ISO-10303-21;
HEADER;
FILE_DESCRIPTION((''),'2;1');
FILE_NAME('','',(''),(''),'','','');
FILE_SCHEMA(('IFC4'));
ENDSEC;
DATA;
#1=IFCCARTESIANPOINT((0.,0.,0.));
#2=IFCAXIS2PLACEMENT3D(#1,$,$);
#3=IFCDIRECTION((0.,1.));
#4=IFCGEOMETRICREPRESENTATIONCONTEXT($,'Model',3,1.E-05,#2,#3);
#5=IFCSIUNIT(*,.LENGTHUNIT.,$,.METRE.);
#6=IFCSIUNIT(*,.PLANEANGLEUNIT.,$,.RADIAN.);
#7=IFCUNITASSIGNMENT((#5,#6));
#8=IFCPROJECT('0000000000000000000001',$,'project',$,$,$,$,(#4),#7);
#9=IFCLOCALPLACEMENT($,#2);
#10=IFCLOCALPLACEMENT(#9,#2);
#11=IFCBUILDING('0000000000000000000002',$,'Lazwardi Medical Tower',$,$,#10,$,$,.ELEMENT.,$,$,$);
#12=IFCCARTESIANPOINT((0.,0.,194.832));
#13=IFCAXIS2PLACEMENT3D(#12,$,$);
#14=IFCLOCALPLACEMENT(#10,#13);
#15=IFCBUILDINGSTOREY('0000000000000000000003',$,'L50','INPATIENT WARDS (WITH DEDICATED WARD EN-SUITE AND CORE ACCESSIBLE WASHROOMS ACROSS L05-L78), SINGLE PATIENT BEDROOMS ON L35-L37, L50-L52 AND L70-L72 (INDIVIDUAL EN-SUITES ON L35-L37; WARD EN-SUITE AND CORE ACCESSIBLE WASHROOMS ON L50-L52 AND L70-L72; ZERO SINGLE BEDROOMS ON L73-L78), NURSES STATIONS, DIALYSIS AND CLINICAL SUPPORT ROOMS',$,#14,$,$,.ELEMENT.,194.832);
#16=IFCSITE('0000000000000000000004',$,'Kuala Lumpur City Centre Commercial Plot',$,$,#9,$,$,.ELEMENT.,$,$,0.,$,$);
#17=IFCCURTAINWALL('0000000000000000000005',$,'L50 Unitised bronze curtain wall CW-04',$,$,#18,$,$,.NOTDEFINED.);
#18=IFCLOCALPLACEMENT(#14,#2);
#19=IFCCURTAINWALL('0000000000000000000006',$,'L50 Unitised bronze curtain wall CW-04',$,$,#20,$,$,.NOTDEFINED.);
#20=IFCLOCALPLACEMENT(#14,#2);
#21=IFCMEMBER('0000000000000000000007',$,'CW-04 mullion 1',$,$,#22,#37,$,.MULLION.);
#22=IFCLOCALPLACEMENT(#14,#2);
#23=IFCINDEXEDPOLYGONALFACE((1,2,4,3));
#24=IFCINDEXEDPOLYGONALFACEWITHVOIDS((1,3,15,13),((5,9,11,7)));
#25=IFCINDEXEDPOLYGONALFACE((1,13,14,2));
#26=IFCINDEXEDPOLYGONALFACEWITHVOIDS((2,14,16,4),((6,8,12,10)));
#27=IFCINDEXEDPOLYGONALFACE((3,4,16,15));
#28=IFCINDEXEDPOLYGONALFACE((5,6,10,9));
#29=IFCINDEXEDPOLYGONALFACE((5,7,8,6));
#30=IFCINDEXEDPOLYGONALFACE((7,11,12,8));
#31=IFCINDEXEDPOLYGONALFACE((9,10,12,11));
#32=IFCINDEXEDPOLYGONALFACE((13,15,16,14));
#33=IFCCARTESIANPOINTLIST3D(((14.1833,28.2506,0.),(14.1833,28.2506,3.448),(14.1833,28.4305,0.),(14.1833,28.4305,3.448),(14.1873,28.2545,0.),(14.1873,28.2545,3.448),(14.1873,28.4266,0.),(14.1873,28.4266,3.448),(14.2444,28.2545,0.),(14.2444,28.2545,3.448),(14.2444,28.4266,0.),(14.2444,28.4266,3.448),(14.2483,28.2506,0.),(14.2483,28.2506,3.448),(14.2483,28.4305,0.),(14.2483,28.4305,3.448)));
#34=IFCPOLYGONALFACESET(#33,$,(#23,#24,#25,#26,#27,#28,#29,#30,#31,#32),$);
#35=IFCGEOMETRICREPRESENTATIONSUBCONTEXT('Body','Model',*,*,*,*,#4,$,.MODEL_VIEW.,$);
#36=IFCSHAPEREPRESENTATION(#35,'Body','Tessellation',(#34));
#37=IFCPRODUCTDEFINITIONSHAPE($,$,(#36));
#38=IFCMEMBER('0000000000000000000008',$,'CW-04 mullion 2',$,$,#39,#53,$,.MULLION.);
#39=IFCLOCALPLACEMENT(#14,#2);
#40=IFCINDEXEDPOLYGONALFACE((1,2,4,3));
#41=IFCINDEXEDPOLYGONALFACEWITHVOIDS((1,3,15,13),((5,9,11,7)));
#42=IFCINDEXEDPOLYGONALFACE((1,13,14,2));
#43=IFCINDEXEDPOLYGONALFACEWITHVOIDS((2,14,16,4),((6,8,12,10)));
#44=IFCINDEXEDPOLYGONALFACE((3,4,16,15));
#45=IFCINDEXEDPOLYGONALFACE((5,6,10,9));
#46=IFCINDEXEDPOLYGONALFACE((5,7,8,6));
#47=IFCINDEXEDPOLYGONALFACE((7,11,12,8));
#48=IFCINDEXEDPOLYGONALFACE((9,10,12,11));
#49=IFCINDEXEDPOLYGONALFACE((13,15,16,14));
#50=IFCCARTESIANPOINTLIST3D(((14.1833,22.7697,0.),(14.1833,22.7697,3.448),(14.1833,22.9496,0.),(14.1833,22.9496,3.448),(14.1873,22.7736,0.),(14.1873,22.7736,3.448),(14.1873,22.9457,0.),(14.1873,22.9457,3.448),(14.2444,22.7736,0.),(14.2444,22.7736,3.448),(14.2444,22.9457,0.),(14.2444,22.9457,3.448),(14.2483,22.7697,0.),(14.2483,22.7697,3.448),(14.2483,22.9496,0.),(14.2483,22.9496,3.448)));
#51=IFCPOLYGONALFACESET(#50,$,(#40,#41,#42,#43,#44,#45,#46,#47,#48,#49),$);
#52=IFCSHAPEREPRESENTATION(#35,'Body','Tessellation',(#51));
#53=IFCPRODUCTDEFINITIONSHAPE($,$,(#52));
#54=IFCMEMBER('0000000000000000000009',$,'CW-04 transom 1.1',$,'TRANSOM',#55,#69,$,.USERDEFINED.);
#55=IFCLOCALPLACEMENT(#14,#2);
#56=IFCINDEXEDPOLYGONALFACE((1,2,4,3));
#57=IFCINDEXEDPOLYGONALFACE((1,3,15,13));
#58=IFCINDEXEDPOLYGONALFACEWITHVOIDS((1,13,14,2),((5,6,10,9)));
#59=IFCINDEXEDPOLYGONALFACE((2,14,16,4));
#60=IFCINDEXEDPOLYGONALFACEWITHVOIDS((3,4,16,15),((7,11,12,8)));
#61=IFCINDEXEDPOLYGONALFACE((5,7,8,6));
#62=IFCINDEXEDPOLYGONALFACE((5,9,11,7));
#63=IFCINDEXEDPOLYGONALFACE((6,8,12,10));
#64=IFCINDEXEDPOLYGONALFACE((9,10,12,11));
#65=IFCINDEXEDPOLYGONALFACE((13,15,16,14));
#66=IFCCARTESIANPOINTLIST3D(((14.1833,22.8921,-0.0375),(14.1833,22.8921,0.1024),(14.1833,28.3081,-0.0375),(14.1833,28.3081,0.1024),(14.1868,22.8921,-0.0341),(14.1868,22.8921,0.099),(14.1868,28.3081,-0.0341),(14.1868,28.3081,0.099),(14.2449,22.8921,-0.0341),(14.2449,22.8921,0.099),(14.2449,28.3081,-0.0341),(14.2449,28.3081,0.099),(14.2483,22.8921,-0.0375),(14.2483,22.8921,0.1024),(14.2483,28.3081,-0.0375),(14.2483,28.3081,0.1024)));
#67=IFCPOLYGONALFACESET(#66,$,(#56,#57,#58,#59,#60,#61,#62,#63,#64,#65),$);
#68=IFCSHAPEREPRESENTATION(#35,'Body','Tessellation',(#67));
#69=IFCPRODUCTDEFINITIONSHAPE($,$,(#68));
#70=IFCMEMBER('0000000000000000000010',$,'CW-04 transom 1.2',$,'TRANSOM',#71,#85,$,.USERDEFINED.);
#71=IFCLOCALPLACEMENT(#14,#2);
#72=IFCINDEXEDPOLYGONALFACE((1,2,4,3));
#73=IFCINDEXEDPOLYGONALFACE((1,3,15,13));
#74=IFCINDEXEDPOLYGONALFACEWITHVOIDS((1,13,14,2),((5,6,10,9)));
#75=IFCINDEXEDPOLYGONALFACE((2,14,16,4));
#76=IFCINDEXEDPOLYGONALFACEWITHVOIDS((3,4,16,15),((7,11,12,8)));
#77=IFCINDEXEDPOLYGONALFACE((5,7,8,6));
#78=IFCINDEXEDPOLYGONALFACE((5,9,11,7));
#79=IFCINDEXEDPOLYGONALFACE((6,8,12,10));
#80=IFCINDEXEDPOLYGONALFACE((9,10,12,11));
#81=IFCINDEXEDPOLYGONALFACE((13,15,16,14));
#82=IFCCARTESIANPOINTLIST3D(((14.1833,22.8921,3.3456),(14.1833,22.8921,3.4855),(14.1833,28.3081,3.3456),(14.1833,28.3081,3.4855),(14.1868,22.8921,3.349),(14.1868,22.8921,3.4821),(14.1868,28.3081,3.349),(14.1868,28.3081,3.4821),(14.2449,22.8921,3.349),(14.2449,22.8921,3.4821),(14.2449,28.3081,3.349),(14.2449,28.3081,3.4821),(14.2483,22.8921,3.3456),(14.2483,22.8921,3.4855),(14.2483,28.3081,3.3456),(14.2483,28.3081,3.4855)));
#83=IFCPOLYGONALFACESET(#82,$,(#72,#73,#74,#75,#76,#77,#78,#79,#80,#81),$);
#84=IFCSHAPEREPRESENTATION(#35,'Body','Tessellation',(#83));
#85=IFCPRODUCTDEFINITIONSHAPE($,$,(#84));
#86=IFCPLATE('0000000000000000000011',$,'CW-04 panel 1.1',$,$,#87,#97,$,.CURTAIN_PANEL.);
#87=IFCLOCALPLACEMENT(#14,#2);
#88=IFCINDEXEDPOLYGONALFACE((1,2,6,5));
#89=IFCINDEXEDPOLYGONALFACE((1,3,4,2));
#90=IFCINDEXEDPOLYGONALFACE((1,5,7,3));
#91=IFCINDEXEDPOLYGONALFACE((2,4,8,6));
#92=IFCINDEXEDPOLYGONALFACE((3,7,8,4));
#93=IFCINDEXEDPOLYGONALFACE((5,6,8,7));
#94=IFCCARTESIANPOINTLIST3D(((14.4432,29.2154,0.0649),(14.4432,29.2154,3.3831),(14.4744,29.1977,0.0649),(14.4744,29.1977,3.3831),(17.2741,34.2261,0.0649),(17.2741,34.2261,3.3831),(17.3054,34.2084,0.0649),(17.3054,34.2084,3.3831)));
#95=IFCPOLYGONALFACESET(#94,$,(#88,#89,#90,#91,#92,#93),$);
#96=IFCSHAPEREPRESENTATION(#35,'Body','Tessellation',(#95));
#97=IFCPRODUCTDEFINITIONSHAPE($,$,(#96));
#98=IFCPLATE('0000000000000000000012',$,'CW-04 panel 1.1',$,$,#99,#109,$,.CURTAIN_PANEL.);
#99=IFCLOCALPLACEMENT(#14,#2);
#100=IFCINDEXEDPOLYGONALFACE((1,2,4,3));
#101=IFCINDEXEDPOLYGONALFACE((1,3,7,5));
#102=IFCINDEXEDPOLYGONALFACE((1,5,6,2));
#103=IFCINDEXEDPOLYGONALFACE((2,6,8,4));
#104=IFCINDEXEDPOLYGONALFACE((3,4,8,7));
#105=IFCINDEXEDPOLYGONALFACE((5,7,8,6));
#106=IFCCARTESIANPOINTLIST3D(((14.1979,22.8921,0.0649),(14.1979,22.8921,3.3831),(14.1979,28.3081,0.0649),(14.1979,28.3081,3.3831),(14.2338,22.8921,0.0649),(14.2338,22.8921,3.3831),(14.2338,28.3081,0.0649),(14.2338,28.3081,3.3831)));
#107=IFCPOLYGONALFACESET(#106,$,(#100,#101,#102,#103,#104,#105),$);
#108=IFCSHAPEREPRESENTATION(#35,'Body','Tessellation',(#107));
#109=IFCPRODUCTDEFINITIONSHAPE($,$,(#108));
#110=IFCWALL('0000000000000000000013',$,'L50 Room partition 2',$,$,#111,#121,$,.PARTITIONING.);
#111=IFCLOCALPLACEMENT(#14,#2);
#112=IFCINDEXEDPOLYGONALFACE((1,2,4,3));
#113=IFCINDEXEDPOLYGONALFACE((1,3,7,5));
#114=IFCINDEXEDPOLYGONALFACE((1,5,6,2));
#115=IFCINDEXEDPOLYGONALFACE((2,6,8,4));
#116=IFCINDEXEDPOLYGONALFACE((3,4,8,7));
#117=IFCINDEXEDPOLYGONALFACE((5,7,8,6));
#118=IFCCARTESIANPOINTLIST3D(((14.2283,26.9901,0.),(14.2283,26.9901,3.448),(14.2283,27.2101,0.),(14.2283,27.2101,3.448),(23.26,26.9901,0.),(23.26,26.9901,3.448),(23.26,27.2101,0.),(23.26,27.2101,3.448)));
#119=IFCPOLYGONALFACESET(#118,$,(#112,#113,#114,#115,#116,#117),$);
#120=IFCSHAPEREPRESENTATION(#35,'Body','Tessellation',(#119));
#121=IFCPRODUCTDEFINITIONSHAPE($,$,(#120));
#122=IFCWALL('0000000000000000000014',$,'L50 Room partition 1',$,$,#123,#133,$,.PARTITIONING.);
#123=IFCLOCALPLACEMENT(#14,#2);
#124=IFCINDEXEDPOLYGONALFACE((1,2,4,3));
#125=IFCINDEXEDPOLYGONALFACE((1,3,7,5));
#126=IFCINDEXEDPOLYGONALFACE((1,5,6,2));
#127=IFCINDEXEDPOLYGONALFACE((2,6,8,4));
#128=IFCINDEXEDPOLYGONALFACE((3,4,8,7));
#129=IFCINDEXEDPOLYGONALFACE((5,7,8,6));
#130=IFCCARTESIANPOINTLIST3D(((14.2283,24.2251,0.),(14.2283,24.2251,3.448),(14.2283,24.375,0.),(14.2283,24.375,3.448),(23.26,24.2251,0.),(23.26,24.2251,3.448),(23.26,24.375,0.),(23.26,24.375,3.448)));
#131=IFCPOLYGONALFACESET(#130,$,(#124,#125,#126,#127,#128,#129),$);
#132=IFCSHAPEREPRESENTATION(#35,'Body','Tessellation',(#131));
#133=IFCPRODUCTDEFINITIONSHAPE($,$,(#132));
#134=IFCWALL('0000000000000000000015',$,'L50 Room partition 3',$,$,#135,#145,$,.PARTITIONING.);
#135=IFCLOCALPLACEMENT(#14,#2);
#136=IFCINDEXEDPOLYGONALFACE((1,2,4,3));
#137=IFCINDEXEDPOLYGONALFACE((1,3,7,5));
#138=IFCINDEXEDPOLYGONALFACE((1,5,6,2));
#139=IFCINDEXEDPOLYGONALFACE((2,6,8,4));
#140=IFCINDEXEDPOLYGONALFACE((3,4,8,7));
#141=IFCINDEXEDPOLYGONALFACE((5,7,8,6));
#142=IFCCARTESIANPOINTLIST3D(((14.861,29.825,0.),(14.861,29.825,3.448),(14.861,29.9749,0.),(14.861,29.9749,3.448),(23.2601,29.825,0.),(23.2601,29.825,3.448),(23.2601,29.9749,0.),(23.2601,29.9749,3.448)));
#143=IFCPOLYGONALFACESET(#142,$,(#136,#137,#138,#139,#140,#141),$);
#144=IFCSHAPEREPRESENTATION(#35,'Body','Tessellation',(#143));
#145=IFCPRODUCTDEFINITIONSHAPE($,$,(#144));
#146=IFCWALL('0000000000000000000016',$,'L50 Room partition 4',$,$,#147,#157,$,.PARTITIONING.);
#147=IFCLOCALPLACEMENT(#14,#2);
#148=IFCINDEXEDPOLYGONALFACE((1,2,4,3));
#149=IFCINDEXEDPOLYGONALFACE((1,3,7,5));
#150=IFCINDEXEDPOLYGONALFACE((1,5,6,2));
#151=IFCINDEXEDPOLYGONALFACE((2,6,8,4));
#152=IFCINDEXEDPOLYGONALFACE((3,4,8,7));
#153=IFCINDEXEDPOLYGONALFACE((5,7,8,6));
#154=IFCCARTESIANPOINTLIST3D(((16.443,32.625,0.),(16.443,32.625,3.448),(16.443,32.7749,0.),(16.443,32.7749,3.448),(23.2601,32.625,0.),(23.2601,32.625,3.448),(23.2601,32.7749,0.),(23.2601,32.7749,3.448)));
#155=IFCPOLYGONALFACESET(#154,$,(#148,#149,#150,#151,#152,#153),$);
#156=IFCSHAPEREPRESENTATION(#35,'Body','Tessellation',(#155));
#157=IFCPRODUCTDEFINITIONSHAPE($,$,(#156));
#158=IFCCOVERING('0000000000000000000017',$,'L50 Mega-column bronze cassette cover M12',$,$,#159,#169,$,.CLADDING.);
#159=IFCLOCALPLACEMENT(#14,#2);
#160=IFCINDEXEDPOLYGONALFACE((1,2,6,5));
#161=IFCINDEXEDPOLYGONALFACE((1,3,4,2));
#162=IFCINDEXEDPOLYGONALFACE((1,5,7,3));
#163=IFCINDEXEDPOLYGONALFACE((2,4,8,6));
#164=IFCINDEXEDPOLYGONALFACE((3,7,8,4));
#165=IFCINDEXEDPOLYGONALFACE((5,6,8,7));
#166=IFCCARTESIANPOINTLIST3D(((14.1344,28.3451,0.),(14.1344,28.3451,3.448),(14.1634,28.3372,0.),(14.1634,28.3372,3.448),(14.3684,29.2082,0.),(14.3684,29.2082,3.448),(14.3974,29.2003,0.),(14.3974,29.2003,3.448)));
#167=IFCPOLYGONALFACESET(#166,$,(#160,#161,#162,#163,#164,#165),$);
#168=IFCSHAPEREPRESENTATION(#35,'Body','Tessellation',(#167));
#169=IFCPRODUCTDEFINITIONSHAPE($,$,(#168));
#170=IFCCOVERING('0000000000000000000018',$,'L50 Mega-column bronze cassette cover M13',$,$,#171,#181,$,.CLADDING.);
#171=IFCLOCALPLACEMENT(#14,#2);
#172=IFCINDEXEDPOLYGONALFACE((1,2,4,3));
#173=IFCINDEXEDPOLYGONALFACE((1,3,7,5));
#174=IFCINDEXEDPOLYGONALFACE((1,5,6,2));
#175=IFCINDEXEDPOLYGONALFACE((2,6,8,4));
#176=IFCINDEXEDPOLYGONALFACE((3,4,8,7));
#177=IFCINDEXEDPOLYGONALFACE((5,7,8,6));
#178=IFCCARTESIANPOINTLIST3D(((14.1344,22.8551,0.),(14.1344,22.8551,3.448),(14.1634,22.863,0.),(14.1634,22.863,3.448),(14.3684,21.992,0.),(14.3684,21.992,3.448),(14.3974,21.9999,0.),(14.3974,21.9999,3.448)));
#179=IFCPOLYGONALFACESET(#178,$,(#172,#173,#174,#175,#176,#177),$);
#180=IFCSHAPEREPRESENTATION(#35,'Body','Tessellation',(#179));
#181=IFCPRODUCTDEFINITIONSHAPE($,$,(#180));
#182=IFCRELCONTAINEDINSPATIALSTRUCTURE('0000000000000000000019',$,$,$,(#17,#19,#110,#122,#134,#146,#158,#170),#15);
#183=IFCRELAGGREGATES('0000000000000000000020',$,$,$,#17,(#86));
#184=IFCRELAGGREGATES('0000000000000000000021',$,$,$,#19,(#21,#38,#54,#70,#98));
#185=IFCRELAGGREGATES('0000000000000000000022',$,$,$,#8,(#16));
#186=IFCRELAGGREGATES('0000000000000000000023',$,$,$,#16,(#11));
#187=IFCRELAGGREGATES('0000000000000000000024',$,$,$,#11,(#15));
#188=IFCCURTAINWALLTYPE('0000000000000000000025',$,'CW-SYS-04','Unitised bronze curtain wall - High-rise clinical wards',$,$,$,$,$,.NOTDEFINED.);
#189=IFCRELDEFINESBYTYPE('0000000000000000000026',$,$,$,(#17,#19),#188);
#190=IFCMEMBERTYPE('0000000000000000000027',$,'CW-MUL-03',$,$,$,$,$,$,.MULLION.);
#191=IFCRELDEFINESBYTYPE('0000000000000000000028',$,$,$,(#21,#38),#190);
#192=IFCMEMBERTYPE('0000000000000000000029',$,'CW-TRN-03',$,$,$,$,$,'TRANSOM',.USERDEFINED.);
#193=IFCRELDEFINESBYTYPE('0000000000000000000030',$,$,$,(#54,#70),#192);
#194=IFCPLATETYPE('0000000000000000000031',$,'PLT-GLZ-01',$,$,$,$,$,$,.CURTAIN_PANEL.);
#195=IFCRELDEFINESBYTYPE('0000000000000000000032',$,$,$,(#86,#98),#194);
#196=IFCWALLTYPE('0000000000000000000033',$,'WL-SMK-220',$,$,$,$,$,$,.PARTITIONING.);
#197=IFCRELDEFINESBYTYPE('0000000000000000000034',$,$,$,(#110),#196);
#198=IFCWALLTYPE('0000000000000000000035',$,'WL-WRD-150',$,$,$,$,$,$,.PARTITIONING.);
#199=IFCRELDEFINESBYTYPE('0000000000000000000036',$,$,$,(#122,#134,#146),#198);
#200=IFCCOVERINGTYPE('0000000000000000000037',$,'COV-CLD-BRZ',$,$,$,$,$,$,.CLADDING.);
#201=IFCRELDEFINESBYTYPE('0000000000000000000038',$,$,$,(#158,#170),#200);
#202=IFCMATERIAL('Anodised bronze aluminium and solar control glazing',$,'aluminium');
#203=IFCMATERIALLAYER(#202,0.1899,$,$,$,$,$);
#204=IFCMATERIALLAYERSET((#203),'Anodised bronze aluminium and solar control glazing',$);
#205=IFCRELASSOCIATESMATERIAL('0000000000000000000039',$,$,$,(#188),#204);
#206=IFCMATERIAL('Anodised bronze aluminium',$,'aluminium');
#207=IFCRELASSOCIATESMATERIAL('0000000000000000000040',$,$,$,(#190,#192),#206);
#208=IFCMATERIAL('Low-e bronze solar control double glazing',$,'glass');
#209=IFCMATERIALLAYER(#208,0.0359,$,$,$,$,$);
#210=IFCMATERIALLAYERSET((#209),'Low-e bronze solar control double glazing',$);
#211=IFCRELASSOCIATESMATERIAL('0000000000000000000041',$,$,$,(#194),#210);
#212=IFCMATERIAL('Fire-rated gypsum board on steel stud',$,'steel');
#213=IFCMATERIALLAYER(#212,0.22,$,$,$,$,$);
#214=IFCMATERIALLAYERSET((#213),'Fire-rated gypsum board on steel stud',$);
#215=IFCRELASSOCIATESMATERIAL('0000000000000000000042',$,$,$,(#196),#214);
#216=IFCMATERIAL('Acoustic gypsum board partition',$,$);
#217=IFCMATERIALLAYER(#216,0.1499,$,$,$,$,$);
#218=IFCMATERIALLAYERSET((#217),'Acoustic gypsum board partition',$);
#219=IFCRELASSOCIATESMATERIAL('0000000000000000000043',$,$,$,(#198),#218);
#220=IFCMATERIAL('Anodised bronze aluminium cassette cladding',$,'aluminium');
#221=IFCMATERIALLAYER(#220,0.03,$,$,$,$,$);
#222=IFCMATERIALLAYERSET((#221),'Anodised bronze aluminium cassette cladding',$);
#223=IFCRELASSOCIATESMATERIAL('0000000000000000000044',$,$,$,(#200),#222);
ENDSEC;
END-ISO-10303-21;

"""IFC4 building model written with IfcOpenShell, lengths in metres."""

from ifc_helpers import new_model, si_unit, direction, frame, frame_2d, origin, origin_2d, place, context, subcontext, project, spatial, rectangle, hollow_rectangle, extrude, material, layer, layer_set, material_profile, profile_set, type_object, element, aggregate, save


model = new_model("IFC4")

# Units and contexts
model_context = context("Model", 3, precision=1e-05, world=origin(), true_north=direction((0.0, 1.0)))
body_context = subcontext(model_context, "Body", "Model", "MODEL_VIEW")
ifc_project = project(units=[si_unit("LENGTHUNIT", "METRE"), si_unit("PLANEANGLEUNIT", "RADIAN")], contexts=[model_context])

# Site, building, storey
site_placement = place(None, origin())
site = spatial("IfcSite", under=ifc_project, at=site_placement, Name="Kuala Lumpur City Centre Commercial Plot", CompositionType="ELEMENT", RefElevation=0.0)
building_placement = place(site_placement, origin())
building = spatial("IfcBuilding", under=site, at=building_placement, Name="Lazwardi Medical Tower", CompositionType="ELEMENT")
storey_placement = place(building_placement, frame((0.0, 0.0, 194.832)))
storey = spatial("IfcBuildingStorey", under=building, at=storey_placement, Name="L50", Description="INPATIENT WARDS (WITH DEDICATED WARD EN-SUITE AND CORE ACCESSIBLE WASHROOMS ACROSS L05-L78), SINGLE PATIENT BEDROOMS ON L35-L37, L50-L52 AND L70-L72 (INDIVIDUAL EN-SUITES ON L35-L37; WARD EN-SUITE AND CORE ACCESSIBLE WASHROOMS ON L50-L52 AND L70-L72; ZERO SINGLE BEDROOMS ON L73-L78), NURSES STATIONS, DIALYSIS AND CLINICAL SUPPORT ROOMS", CompositionType="ELEMENT", Elevation=194.832)

# Curtain wall
ifc_material_1 = material(Name="Anodised bronze aluminium and solar control glazing", Category="aluminium")
ifc_layer_1 = layer(ifc_material_1, 0.1899)
ifc_layer_set_1 = layer_set([ifc_layer_1], Name="Anodised bronze aluminium and solar control glazing")
curtain_wall_type = type_object("IfcCurtainWallType", Name="CW-SYS-04", Description="Unitised bronze curtain wall - High-rise clinical wards", PredefinedType="NOTDEFINED", material=ifc_layer_set_1)
curtain_wall_1_placement = place(storey_placement, origin())
curtain_wall_1 = element("IfcCurtainWall", 1, at=curtain_wall_1_placement, inside=storey, type_object=curtain_wall_type, Name="L50 Unitised bronze curtain wall CW-04", PredefinedType="NOTDEFINED")
ifc_material_2 = material(Name="Anodised bronze aluminium", Category="aluminium")
ifc_material_profile_1 = material_profile(ifc_material_2, hollow_rectangle(XDim=0.0649, YDim=0.1799, WallThickness=0.0039, at=origin_2d()), Name="ALU-MULLION 180x65x4")
ifc_profile_set_1 = profile_set([ifc_material_profile_1], Name="Anodised bronze aluminium")
member_type_1 = type_object("IfcMemberType", Name="CW-MUL-03", PredefinedType="MULLION", material=ifc_profile_set_1)

# Curtain wall, members
curtain_wall_2_placement = place(storey_placement, origin())
curtain_wall_2 = element("IfcCurtainWall", 2, at=curtain_wall_2_placement, inside=storey, type_object=curtain_wall_type, Name="L50 Unitised bronze curtain wall CW-04", PredefinedType="NOTDEFINED")
member_1_placement = place(storey_placement, frame((14.2158, 28.3406, 0.0), z_axis=(0.0, 0.0, 1.0), x_axis=(1.0, 0.0, 0.0)))
member_1 = element("IfcMember", 3, at=member_1_placement, type_object=member_type_1, Name="CW-04 mullion 1", PredefinedType="MULLION", context=body_context, shape_type="SweptSolid", body=[
    extrude(hollow_rectangle(XDim=0.0649, YDim=0.1799, WallThickness=0.0039, at=origin_2d()), origin(), (0.0, 0.0, 1.0), 3.448),
])
member_2_placement = place(storey_placement, frame((14.2158, 22.8596, 0.0), z_axis=(0.0, 0.0, 1.0), x_axis=(1.0, 0.0, 0.0)))
member_2 = element("IfcMember", 4, at=member_2_placement, type_object=member_type_1, Name="CW-04 mullion 2", PredefinedType="MULLION", context=body_context, shape_type="SweptSolid", body=[
    extrude(hollow_rectangle(XDim=0.0649, YDim=0.1799, WallThickness=0.0039, at=origin_2d()), origin(), (0.0, 0.0, 1.0), 3.448),
])
ifc_material_profile_2 = material_profile(ifc_material_2, hollow_rectangle(XDim=0.0649, YDim=0.1399, WallThickness=0.0034, at=origin_2d()), Name="ALU-TRANSOM 140x65x3.5")
ifc_profile_set_2 = profile_set([ifc_material_profile_2], Name="Anodised bronze aluminium")
member_type_2 = type_object("IfcMemberType", Name="CW-TRN-03", ElementType="TRANSOM", PredefinedType="USERDEFINED", material=ifc_profile_set_2)
member_3_placement = place(storey_placement, frame((14.2158, 28.3081, 0.0325), z_axis=(0.0, -1.0, 0.0), x_axis=(1.0, 0.0, 0.0)))
member_3 = element("IfcMember", 5, at=member_3_placement, type_object=member_type_2, Name="CW-04 transom 1.1", ObjectType="TRANSOM", PredefinedType="USERDEFINED", context=body_context, shape_type="SweptSolid", body=[
    extrude(hollow_rectangle(XDim=0.0649, YDim=0.1399, WallThickness=0.0034, at=origin_2d()), origin(), (0.0, 0.0, 1.0), 5.416),
])
member_4_placement = place(storey_placement, frame((14.2158, 28.3081, 3.4155), z_axis=(0.0, -1.0, 0.0), x_axis=(1.0, 0.0, 0.0)))
member_4 = element("IfcMember", 6, at=member_4_placement, type_object=member_type_2, Name="CW-04 transom 1.2", ObjectType="TRANSOM", PredefinedType="USERDEFINED", context=body_context, shape_type="SweptSolid", body=[
    extrude(hollow_rectangle(XDim=0.0649, YDim=0.1399, WallThickness=0.0034, at=origin_2d()), origin(), (0.0, 0.0, 1.0), 5.416),
])

# Plates
ifc_material_3 = material(Name="Low-e bronze solar control double glazing", Category="glass")
ifc_layer_2 = layer(ifc_material_3, 0.0359)
ifc_layer_set_2 = layer_set([ifc_layer_2], Name="Low-e bronze solar control double glazing")
plate_type = type_object("IfcPlateType", Name="PLT-GLZ-01", PredefinedType="CURTAIN_PANEL", material=ifc_layer_set_2)
plate_1_placement = place(storey_placement, frame((15.8743, 31.7119, 0.0649), z_axis=(0.0, 0.0, 1.0), x_axis=(-0.4919, -0.870651, 0.0)))
plate_1 = element("IfcPlate", 7, at=plate_1_placement, type_object=plate_type, Name="CW-04 panel 1.1", PredefinedType="CURTAIN_PANEL", context=body_context, shape_type="SweptSolid", body=[
    extrude(rectangle(XDim=5.7551, YDim=0.0359, at=origin_2d()), origin(), (0.0, 0.0, 1.0), 3.3181),
])
aggregate(curtain_wall_1, [plate_1])
plate_2_placement = place(storey_placement, frame((14.2158, 25.6001, 0.0649), z_axis=(0.0, 0.0, 1.0), x_axis=(0.0, -1.0, 0.0)))
plate_2 = element("IfcPlate", 8, at=plate_2_placement, type_object=plate_type, Name="CW-04 panel 1.1", PredefinedType="CURTAIN_PANEL", context=body_context, shape_type="SweptSolid", body=[
    extrude(rectangle(XDim=5.416, YDim=0.0359, at=origin_2d()), origin(), (0.0, 0.0, 1.0), 3.3181),
])
aggregate(curtain_wall_2, [member_1, member_2, member_3, member_4, plate_2])

# Walls
ifc_material_4 = material(Name="Fire-rated gypsum board on steel stud", Category="steel")
ifc_layer_3 = layer(ifc_material_4, 0.22)
ifc_layer_set_3 = layer_set([ifc_layer_3], Name="Fire-rated gypsum board on steel stud")
wall_type_1 = type_object("IfcWallType", Name="WL-SMK-220", PredefinedType="PARTITIONING", material=ifc_layer_set_3)
wall_1_placement = place(storey_placement, frame((14.2283, 27.1001, 0.0), z_axis=(0.0, 0.0, 1.0), x_axis=(1.0, 0.0, 0.0)))
element("IfcWall", 9, at=wall_1_placement, inside=storey, type_object=wall_type_1, Name="L50 Room partition 2", PredefinedType="PARTITIONING", context=body_context, shape_type="SweptSolid", body=[
    extrude(rectangle(XDim=9.0317, YDim=0.22, at=frame_2d((4.5159, 0.0))), origin(), (0.0, 0.0, 1.0), 3.448),
])
ifc_material_5 = material(Name="Acoustic gypsum board partition")
ifc_layer_4 = layer(ifc_material_5, 0.1499)
ifc_layer_set_4 = layer_set([ifc_layer_4], Name="Acoustic gypsum board partition")
wall_type_2 = type_object("IfcWallType", Name="WL-WRD-150", PredefinedType="PARTITIONING", material=ifc_layer_set_4)
wall_2_placement = place(storey_placement, frame((14.2283, 24.3, 0.0), z_axis=(0.0, 0.0, 1.0), x_axis=(1.0, 0.0, 0.0)))
element("IfcWall", 10, at=wall_2_placement, inside=storey, type_object=wall_type_2, Name="L50 Room partition 1", PredefinedType="PARTITIONING", context=body_context, shape_type="SweptSolid", body=[
    extrude(rectangle(XDim=9.0317, YDim=0.1499, at=frame_2d((4.5159, 0.0))), origin(), (0.0, 0.0, 1.0), 3.448),
])
wall_3_placement = place(storey_placement, frame((14.8608, 29.8999, 0.0), z_axis=(0.0, 0.0, 1.0), x_axis=(1.0, 0.0, 0.0)))
element("IfcWall", 11, at=wall_3_placement, inside=storey, type_object=wall_type_2, Name="L50 Room partition 3", PredefinedType="PARTITIONING", context=body_context, shape_type="SweptSolid", body=[
    extrude(rectangle(XDim=8.3992, YDim=0.1499, at=frame_2d((4.1997, 0.0))), origin(), (0.0, 0.0, 1.0), 3.448),
])
wall_4_placement = place(storey_placement, frame((16.4429, 32.7, 0.0), z_axis=(0.0, 0.0, 1.0), x_axis=(1.0, 0.0, 0.0)))
element("IfcWall", 12, at=wall_4_placement, inside=storey, type_object=wall_type_2, Name="L50 Room partition 4", PredefinedType="PARTITIONING", context=body_context, shape_type="SweptSolid", body=[
    extrude(rectangle(XDim=6.8171, YDim=0.1499, at=frame_2d((3.4087, 0.0))), origin(), (0.0, 0.0, 1.0), 3.448),
])

# Coverings
ifc_material_6 = material(Name="Anodised bronze aluminium cassette cladding", Category="aluminium")
ifc_layer_5 = layer(ifc_material_6, 0.03)
ifc_layer_set_5 = layer_set([ifc_layer_5], Name="Anodised bronze aluminium cassette cladding")
covering_type = type_object("IfcCoveringType", Name="COV-CLD-BRZ", PredefinedType="CLADDING", material=ifc_layer_set_5)
for number, where, z_axis, x_axis, name in (
    (13, (14.2659, 28.7727, 0.0), (0.0, 0.0, 1.0), (-0.261642, -0.965165, 0.0), "L50 Mega-column bronze cassette cover M12"),
    (14, (14.2659, 22.4275, 0.0), (0.0, 0.0, 1.0), (0.261642, -0.965165, 0.0), "L50 Mega-column bronze cassette cover M13"),
):
    element("IfcCovering", number, at=place(storey_placement, frame(where, z_axis=z_axis, x_axis=x_axis)), inside=storey, type_object=covering_type, Name=name, PredefinedType="CLADDING", context=body_context, shape_type="SweptSolid", body=[
        extrude(rectangle(XDim=0.8943, YDim=0.03, at=origin_2d()), origin(), (0.0, 0.0, 1.0), 3.448),
    ])

save(model, "model.ifc")
